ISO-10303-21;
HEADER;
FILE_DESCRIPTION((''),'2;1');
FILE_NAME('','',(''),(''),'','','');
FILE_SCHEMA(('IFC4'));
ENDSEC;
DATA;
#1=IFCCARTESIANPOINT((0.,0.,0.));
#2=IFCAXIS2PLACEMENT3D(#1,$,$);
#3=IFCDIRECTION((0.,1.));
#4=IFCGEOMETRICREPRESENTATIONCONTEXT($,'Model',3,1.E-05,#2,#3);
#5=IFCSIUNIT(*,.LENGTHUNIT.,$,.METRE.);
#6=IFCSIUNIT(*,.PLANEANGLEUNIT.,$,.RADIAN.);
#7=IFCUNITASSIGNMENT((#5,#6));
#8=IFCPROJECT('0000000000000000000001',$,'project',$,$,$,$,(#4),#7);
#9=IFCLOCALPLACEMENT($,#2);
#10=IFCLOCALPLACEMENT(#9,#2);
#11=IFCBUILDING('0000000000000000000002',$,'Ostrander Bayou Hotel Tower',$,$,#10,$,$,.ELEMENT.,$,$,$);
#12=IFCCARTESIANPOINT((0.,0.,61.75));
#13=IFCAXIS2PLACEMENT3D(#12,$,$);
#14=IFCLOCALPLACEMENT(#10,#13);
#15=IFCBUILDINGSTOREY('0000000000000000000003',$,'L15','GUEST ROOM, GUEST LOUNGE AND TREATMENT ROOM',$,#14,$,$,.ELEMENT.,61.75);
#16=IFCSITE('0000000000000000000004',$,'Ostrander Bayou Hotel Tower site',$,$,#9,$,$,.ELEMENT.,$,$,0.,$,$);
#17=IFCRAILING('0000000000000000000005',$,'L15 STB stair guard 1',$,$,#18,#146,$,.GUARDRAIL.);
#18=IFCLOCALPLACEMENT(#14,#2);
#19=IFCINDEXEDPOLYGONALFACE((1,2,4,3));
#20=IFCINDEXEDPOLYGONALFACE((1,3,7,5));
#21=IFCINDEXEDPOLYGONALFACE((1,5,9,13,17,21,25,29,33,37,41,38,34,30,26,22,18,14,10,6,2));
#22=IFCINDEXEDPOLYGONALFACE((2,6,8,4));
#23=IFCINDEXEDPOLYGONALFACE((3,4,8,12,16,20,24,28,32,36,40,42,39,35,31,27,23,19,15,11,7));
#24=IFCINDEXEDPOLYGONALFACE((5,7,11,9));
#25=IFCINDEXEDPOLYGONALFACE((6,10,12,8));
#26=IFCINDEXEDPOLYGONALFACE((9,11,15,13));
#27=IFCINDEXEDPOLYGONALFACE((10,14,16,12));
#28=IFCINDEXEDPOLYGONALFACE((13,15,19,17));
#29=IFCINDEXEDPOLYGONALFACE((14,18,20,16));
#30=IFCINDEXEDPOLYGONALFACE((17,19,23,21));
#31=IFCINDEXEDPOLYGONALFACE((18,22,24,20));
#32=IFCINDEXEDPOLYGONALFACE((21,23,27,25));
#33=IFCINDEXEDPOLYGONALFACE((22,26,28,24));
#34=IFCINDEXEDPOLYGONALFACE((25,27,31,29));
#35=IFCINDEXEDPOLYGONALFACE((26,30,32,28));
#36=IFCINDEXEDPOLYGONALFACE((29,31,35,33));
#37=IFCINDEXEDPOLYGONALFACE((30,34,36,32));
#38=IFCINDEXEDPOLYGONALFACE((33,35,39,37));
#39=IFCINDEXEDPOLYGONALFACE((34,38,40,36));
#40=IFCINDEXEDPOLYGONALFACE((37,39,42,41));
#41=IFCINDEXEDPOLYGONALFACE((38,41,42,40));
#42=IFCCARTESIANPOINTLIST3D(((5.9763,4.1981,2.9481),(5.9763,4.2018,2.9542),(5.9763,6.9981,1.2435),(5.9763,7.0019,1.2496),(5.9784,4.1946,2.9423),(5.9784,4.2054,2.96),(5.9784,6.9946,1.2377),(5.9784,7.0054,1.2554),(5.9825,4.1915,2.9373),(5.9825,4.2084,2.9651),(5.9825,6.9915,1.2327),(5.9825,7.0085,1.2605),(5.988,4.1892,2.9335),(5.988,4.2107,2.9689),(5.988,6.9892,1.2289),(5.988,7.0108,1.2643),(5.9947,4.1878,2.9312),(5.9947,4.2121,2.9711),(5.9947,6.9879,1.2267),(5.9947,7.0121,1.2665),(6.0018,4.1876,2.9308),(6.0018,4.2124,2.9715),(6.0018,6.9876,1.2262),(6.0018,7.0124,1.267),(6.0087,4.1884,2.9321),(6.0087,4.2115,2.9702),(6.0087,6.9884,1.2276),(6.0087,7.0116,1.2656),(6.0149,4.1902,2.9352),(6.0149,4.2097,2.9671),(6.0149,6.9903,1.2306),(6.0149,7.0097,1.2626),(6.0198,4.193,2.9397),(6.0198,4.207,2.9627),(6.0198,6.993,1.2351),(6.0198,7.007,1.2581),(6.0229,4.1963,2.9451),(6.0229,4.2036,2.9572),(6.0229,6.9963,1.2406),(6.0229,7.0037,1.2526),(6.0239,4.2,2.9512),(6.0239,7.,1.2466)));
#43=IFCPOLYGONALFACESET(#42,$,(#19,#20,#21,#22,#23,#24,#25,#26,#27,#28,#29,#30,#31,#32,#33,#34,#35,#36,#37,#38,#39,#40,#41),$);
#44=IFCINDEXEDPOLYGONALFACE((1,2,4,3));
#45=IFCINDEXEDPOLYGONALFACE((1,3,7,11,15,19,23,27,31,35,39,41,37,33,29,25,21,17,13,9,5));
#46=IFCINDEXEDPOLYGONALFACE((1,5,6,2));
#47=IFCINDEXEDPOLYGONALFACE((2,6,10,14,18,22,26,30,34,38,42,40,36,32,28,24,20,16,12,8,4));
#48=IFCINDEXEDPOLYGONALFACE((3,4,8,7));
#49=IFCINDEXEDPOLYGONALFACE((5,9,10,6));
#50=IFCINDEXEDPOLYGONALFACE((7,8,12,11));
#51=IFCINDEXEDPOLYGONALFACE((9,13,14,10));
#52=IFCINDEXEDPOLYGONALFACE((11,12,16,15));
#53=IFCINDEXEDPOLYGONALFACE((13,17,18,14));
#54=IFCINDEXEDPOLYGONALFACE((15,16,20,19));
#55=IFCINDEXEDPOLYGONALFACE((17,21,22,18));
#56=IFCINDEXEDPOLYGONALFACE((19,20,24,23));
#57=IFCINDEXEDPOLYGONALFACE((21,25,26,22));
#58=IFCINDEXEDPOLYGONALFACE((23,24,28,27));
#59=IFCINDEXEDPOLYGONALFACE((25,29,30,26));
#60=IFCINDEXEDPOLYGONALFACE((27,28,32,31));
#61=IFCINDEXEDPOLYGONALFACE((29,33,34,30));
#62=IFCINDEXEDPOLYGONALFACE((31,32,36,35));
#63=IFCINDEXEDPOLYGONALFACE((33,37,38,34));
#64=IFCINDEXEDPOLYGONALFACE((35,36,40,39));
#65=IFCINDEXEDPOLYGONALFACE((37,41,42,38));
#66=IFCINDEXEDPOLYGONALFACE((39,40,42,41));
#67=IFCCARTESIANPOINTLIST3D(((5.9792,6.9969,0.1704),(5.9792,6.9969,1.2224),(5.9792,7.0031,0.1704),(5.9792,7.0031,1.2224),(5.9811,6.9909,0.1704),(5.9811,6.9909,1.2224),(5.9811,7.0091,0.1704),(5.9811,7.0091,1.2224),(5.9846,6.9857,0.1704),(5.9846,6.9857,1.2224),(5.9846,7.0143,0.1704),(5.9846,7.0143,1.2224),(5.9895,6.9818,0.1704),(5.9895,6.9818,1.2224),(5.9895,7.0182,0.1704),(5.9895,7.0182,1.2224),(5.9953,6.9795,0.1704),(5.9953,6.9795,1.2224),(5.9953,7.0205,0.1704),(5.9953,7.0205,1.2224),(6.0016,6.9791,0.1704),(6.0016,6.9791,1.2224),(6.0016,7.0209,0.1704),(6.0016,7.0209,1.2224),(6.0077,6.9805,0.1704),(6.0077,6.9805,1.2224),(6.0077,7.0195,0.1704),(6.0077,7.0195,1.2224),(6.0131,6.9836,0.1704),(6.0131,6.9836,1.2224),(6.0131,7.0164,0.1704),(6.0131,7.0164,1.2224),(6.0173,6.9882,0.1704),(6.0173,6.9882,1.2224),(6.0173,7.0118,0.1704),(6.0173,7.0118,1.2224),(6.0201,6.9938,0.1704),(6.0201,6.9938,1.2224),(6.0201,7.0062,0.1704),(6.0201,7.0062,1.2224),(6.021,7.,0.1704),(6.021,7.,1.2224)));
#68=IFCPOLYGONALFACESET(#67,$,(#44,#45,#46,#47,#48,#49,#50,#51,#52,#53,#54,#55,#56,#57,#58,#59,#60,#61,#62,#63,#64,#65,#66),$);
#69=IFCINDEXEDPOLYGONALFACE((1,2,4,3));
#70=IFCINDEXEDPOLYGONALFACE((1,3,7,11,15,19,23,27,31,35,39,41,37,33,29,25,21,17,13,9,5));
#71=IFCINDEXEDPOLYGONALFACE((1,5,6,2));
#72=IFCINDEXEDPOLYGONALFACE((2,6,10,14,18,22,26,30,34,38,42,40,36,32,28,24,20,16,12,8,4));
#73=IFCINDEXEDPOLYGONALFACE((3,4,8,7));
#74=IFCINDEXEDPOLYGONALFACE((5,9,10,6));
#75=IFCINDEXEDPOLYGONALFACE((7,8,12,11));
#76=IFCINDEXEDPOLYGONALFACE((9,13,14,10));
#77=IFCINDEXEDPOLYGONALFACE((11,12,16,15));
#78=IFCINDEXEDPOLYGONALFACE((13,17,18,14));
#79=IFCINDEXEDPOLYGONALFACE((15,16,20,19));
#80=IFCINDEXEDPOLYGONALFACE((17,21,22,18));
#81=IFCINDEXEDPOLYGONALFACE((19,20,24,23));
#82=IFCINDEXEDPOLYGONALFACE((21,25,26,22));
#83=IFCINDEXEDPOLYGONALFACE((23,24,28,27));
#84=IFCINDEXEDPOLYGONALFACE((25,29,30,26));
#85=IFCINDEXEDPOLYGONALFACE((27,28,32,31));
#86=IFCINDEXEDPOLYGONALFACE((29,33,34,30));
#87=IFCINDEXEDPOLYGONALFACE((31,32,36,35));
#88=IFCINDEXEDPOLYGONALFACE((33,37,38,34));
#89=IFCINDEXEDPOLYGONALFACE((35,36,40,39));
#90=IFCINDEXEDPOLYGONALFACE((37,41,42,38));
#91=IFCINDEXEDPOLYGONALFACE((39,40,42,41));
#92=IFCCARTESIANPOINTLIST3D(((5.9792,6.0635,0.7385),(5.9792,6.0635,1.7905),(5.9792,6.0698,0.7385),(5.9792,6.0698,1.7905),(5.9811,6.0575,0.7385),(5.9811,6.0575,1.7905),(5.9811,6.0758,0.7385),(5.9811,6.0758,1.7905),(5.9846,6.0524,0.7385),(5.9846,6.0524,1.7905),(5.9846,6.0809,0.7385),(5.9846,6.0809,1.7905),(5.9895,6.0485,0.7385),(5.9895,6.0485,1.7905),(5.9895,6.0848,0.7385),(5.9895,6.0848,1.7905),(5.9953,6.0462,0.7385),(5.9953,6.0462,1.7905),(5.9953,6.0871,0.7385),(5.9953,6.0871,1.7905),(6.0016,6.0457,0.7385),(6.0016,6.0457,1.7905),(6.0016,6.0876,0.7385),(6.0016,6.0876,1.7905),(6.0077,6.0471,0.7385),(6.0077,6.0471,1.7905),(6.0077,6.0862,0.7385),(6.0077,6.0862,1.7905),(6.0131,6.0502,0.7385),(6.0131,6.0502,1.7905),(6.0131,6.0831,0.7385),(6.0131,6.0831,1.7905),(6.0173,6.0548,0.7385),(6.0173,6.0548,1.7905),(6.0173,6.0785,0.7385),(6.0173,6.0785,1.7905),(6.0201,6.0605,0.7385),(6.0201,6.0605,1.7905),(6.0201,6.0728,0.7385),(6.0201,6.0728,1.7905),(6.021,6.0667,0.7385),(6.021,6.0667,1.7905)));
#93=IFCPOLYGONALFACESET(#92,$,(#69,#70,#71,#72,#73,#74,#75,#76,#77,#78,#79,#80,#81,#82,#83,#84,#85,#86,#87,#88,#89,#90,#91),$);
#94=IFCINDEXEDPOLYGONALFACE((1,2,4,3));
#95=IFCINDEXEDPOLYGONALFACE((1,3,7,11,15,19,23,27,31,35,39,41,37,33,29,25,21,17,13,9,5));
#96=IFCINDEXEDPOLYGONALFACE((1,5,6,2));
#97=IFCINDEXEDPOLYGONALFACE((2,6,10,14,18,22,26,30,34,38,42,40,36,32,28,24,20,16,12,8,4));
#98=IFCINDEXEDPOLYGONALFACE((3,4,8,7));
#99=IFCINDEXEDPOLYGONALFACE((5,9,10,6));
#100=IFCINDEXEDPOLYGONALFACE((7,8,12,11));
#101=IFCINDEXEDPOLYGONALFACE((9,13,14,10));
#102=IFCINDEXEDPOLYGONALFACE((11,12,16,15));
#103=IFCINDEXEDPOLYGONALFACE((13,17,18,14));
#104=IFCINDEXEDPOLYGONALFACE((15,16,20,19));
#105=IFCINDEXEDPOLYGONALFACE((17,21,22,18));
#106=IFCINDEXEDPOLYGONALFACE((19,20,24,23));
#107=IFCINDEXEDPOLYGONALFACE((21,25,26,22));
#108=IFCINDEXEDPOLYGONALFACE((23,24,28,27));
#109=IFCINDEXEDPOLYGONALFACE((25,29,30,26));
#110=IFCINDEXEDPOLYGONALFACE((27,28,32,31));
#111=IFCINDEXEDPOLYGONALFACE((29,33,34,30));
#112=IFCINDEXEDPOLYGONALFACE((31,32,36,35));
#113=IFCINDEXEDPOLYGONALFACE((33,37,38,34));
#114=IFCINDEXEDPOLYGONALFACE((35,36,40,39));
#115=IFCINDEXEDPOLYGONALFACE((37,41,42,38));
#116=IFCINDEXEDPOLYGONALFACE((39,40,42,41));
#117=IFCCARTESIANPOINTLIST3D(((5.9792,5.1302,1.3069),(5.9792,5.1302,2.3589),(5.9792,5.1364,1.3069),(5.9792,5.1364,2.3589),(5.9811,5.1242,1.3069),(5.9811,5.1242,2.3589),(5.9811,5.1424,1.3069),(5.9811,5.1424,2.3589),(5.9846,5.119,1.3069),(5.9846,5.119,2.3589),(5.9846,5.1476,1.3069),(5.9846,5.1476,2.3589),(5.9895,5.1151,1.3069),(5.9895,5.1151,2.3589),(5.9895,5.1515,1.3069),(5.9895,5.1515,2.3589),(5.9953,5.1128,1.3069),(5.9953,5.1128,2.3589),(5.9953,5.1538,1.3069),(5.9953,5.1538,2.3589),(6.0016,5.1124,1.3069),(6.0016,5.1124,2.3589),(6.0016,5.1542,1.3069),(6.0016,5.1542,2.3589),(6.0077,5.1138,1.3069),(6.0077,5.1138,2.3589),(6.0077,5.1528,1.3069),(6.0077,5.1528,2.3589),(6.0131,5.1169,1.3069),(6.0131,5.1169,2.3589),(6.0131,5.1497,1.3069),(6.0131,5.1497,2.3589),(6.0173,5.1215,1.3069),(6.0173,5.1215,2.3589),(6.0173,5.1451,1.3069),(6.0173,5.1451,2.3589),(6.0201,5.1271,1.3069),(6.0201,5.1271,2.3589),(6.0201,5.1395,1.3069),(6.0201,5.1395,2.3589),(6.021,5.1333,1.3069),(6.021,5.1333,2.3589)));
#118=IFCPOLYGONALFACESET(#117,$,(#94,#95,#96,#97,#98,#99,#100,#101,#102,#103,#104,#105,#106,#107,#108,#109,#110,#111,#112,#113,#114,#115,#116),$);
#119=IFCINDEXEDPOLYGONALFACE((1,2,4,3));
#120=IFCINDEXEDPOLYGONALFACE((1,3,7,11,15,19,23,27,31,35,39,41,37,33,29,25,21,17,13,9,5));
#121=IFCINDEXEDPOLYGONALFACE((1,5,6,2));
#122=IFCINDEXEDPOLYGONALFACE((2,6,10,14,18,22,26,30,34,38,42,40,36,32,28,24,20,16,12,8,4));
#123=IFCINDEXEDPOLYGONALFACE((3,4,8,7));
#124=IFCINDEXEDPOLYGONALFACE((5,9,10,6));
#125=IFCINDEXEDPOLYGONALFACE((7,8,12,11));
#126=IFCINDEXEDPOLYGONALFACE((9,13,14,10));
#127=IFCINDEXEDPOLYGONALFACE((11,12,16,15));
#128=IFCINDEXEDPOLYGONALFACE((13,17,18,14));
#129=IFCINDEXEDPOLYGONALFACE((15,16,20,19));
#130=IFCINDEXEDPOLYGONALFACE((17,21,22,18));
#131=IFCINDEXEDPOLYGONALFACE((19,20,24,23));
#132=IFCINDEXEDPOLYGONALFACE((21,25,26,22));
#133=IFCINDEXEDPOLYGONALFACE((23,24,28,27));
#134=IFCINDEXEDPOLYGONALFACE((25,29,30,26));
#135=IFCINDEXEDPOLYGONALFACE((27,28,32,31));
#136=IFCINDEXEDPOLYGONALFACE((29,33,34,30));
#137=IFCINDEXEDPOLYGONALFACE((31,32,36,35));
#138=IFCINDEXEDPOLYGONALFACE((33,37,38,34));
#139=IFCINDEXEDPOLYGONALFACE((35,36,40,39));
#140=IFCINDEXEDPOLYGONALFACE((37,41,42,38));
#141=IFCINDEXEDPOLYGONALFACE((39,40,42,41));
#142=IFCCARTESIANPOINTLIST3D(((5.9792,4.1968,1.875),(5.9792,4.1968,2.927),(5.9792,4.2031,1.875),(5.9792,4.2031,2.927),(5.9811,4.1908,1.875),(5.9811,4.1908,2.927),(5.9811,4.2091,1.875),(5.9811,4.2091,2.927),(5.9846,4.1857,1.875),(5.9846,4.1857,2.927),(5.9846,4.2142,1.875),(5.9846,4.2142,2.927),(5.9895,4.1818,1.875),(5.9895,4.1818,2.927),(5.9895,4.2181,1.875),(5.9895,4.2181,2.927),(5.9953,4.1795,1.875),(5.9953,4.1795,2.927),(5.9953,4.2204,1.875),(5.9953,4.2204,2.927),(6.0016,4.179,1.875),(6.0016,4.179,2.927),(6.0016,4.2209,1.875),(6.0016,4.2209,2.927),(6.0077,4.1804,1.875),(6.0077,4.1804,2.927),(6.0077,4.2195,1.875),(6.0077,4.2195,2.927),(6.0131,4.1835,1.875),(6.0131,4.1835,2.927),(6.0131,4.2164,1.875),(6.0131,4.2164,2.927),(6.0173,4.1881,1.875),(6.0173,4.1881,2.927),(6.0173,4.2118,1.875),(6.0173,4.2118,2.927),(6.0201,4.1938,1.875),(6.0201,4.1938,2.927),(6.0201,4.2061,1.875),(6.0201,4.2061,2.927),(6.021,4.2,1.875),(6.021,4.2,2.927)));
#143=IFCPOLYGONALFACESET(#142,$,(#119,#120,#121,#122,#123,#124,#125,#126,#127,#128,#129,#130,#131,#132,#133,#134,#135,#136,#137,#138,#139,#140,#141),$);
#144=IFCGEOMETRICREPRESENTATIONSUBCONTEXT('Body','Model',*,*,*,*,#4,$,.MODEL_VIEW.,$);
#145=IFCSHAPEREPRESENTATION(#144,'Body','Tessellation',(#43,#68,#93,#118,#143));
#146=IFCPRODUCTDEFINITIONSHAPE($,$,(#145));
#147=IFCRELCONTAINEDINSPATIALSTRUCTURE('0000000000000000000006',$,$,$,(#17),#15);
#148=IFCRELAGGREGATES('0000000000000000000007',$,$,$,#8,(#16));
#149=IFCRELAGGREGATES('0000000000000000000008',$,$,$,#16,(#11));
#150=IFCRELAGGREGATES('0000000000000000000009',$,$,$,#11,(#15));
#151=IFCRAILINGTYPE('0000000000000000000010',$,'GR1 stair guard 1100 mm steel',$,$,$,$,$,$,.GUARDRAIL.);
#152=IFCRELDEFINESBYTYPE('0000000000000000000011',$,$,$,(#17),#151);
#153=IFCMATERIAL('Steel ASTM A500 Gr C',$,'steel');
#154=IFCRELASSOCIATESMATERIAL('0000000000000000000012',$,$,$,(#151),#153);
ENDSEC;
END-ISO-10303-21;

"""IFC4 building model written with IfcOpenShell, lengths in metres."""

from ifc_helpers import new_model, si_unit, direction, frame, origin, origin_2d, place, context, subcontext, project, spatial, circle, extrude, material, type_object, element, save


model = new_model("IFC4")

# Units and contexts
model_context = context("Model", 3, precision=1e-05, world=origin(), true_north=direction((0.0, 1.0)))
body_context = subcontext(model_context, "Body", "Model", "MODEL_VIEW")
ifc_project = project(units=[si_unit("LENGTHUNIT", "METRE"), si_unit("PLANEANGLEUNIT", "RADIAN")], contexts=[model_context])

# Site, building, storey
site_placement = place(None, origin())
site = spatial("IfcSite", under=ifc_project, at=site_placement, Name="Ostrander Bayou Hotel Tower site", CompositionType="ELEMENT", RefElevation=0.0)
building_placement = place(site_placement, origin())
building = spatial("IfcBuilding", under=site, at=building_placement, Name="Ostrander Bayou Hotel Tower", CompositionType="ELEMENT")
storey_placement = place(building_placement, frame((0.0, 0.0, 61.75)))
storey = spatial("IfcBuildingStorey", under=building, at=storey_placement, Name="L15", Description="GUEST ROOM, GUEST LOUNGE AND TREATMENT ROOM", CompositionType="ELEMENT", Elevation=61.75)

# Railing
ifc_material_1 = material(Name="Steel ASTM A500 Gr C", Category="steel")
railing_type_1 = type_object("IfcRailingType", Name="GR1 stair guard 1100 mm steel", PredefinedType="GUARDRAIL", material=ifc_material_1)
railing_1_placement = place(storey_placement, frame((6.0, 7.0, 0.1704)))
element("IfcRailing", 1, at=railing_1_placement, inside=storey, type_object=railing_type_1, Name="L15 STB stair guard 1", PredefinedType="GUARDRAIL", context=body_context, shape_type="SweptSolid", body=[
    extrude(circle(Radius=0.0239, at=origin_2d()), frame((0.0, 0.0, 1.0762), z_axis=(0.0, -0.85417, 0.519994), x_axis=(1.0, 0.0, 0.0)), (0.0, 0.0, 1.0), 3.2781),
    extrude(circle(Radius=0.021, at=origin_2d()), origin(), (0.0, 0.0, 1.0), 1.052),
    extrude(circle(Radius=0.021, at=origin_2d()), frame((0.0, -0.9333, 0.5681)), (0.0, 0.0, 1.0), 1.052),
    extrude(circle(Radius=0.021, at=origin_2d()), frame((0.0, -1.8667, 1.1365)), (0.0, 0.0, 1.0), 1.052),
    extrude(circle(Radius=0.021, at=origin_2d()), frame((0.0, -2.8, 1.7046)), (0.0, 0.0, 1.0), 1.052),
])

save(model, "model.ifc")
